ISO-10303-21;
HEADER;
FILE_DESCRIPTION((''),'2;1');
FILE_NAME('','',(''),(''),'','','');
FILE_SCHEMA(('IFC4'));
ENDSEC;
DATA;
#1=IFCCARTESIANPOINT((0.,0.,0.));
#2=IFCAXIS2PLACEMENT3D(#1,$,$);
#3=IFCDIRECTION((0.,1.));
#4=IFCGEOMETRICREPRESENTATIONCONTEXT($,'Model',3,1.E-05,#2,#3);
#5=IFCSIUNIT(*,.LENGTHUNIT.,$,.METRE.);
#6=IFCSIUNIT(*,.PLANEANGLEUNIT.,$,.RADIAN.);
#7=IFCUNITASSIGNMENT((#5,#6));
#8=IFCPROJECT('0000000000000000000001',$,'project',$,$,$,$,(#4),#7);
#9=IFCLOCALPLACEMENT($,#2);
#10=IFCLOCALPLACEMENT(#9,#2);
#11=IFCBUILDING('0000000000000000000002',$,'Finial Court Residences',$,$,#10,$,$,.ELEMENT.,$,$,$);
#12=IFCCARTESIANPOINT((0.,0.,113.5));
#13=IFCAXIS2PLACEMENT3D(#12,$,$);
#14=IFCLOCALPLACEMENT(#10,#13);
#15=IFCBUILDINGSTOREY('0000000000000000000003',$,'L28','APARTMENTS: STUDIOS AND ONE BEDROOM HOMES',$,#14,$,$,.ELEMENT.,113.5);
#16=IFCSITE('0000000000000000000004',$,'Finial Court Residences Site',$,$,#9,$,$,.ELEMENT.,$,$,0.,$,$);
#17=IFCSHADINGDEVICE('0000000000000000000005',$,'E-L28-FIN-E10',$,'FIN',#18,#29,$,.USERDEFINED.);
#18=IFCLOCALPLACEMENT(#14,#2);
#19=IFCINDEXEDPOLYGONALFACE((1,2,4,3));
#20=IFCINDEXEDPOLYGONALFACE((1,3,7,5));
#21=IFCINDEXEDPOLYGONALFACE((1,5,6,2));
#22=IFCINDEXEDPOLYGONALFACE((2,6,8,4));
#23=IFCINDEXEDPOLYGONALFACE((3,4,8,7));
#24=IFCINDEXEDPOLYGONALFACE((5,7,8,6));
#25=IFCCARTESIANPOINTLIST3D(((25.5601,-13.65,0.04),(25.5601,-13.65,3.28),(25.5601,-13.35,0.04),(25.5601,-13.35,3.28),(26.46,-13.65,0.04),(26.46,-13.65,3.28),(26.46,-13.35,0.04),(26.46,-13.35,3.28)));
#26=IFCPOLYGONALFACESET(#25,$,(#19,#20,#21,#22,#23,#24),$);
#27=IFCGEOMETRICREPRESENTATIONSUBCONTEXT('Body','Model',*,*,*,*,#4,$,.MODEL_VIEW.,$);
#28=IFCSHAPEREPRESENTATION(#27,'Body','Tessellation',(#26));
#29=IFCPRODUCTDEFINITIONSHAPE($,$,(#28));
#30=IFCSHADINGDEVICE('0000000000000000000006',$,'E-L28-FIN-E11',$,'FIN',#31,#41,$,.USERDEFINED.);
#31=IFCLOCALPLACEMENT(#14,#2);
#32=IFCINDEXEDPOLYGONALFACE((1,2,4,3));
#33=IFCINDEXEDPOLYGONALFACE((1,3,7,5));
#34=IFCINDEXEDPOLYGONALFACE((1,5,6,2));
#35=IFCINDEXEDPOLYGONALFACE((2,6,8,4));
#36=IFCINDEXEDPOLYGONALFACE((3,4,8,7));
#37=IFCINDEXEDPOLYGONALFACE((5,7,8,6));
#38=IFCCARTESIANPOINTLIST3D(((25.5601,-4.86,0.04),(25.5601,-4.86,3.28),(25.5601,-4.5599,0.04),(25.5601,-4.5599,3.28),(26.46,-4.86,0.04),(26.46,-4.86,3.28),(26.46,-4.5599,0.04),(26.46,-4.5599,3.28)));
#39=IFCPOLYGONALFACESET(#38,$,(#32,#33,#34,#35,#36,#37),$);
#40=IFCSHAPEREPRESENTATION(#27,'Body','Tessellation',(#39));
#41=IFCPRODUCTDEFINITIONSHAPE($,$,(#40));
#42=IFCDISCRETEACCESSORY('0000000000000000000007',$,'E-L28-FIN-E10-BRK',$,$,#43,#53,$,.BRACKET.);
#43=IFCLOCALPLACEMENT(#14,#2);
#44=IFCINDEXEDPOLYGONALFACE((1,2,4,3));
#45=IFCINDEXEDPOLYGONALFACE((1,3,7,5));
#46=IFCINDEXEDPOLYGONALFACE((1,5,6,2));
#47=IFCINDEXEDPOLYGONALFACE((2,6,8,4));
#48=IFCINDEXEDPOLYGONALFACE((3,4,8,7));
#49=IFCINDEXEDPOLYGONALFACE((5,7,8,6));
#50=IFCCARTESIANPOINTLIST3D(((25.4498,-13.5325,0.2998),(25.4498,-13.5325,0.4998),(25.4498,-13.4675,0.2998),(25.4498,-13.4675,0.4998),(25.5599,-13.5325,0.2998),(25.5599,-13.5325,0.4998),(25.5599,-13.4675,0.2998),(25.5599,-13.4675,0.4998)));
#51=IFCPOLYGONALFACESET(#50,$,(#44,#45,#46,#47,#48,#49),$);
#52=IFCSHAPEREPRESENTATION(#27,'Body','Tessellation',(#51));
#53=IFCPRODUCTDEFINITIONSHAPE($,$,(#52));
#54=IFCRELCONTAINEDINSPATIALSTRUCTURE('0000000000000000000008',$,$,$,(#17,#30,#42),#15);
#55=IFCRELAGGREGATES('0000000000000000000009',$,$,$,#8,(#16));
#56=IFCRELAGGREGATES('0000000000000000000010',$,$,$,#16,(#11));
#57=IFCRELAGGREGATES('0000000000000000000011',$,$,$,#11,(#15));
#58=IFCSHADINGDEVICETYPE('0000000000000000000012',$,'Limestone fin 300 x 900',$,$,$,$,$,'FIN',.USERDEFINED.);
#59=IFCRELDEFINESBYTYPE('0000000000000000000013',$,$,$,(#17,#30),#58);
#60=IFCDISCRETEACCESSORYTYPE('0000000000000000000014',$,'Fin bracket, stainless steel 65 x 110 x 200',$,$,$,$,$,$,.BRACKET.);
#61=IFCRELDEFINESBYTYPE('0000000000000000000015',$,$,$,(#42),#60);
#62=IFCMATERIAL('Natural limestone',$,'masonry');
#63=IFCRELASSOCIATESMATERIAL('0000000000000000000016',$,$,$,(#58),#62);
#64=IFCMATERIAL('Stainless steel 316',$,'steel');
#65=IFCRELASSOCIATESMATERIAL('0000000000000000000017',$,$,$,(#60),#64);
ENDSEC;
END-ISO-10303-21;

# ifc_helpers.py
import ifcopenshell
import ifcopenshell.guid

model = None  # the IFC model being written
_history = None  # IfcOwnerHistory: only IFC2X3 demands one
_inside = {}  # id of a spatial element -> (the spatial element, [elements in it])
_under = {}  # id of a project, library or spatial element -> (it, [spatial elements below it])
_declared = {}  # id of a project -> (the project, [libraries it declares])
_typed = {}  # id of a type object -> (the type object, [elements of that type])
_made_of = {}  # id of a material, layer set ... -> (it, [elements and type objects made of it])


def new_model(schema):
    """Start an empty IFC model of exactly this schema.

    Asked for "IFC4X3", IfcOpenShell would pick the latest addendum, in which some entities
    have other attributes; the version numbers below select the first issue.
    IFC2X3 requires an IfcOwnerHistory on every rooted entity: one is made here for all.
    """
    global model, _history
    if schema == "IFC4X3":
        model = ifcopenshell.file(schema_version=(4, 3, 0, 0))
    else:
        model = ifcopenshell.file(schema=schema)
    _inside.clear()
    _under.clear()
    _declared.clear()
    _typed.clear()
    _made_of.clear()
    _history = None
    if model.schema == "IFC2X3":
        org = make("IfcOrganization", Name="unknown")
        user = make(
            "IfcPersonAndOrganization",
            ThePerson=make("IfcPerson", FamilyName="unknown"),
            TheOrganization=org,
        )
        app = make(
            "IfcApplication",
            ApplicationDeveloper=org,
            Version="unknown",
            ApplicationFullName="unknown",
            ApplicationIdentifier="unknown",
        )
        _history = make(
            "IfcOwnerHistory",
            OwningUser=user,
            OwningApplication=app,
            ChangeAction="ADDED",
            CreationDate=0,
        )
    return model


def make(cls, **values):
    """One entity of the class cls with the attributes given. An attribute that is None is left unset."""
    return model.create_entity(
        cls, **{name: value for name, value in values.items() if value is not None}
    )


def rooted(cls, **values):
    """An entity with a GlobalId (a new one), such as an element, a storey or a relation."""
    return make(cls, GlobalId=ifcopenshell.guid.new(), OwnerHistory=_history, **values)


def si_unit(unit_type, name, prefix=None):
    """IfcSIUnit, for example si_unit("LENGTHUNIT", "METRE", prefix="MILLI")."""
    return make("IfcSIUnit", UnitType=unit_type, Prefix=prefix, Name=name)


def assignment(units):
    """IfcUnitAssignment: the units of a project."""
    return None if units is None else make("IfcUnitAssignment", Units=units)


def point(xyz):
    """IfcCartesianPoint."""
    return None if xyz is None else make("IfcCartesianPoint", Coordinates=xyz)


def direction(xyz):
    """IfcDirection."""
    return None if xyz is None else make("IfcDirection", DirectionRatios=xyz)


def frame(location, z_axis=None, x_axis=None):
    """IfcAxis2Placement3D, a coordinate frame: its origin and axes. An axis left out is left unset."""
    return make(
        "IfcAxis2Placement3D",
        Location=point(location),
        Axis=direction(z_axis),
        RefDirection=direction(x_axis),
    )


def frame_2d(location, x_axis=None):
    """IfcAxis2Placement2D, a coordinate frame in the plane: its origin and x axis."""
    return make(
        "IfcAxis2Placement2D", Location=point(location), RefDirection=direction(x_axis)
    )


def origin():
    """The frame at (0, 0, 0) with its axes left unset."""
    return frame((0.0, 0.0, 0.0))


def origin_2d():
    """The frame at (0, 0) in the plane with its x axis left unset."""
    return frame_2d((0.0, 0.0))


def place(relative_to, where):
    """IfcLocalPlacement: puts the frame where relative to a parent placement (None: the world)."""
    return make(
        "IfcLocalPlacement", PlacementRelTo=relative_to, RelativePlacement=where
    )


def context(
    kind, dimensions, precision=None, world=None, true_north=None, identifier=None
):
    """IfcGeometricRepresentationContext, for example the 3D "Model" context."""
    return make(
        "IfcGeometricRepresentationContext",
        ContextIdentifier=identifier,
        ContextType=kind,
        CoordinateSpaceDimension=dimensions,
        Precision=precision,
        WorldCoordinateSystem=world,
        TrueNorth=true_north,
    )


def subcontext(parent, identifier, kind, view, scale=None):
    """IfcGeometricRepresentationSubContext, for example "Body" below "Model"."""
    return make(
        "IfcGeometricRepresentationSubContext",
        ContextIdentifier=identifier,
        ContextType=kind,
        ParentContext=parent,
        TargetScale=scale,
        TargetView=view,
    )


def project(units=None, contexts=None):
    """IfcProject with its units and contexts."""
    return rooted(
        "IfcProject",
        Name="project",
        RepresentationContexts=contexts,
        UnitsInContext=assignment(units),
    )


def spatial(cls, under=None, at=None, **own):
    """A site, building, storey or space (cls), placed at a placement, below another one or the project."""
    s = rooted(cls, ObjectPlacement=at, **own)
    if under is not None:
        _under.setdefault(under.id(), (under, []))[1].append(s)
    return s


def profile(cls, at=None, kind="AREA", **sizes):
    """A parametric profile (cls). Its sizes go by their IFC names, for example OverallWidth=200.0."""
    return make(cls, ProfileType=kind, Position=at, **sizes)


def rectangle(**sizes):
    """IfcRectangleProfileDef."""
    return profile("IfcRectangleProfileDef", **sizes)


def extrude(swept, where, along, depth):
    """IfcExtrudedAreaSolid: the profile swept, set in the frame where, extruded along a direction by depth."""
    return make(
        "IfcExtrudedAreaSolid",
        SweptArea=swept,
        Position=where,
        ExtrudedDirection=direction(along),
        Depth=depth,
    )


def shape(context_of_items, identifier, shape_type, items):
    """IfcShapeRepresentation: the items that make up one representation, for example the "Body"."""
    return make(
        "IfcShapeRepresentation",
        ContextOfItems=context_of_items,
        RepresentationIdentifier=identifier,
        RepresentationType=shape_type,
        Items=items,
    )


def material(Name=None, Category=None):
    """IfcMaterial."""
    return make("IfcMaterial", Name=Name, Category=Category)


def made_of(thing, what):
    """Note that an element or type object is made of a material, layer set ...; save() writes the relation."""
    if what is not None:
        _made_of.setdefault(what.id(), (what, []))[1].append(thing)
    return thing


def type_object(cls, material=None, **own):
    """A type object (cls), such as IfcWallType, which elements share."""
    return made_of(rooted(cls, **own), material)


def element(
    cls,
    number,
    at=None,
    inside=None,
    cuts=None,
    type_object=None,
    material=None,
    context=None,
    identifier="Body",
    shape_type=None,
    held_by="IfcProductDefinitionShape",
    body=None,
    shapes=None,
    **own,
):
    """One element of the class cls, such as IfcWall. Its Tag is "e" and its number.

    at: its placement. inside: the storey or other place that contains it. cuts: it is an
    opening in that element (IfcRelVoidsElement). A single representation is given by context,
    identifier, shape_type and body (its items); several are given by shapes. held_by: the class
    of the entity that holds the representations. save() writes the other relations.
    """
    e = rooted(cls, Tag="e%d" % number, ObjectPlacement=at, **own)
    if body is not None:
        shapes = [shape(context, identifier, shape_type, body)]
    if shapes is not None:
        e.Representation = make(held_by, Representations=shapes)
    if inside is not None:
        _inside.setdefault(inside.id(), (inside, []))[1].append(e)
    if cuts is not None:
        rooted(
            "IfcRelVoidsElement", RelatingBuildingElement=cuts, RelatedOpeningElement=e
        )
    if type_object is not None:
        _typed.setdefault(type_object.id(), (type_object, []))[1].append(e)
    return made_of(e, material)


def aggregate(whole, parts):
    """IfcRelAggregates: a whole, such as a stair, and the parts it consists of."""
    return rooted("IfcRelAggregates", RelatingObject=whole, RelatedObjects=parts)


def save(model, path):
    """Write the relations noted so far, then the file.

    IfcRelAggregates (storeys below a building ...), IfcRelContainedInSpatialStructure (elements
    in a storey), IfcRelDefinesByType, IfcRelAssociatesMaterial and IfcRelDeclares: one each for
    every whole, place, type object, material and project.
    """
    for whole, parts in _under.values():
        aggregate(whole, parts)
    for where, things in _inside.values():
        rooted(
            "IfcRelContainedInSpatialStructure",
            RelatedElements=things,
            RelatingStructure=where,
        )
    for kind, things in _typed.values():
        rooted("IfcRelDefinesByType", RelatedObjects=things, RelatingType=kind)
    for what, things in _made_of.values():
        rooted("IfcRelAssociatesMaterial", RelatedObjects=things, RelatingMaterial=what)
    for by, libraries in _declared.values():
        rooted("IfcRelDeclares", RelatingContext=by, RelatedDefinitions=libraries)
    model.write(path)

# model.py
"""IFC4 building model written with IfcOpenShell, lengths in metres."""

from ifc_helpers import new_model, si_unit, direction, frame, origin, origin_2d, place, context, subcontext, project, spatial, rectangle, extrude, material, type_object, element, save


model = new_model("IFC4")

# Units and contexts
model_context = context("Model", 3, precision=1e-05, world=origin(), true_north=direction((0.0, 1.0)))
body_context = subcontext(model_context, "Body", "Model", "MODEL_VIEW")
ifc_project = project(units=[si_unit("LENGTHUNIT", "METRE"), si_unit("PLANEANGLEUNIT", "RADIAN")], contexts=[model_context])

# Site, building, storey
site_placement = place(None, origin())
site = spatial("IfcSite", under=ifc_project, at=site_placement, Name="Finial Court Residences Site", CompositionType="ELEMENT", RefElevation=0.0)
building_placement = place(site_placement, origin())
building = spatial("IfcBuilding", under=site, at=building_placement, Name="Finial Court Residences", CompositionType="ELEMENT")
storey_placement = place(building_placement, frame((0.0, 0.0, 113.5)))
storey = spatial("IfcBuildingStorey", under=building, at=storey_placement, Name="L28", Description="APARTMENTS: STUDIOS AND ONE BEDROOM HOMES", CompositionType="ELEMENT", Elevation=113.5)

# Shading devices
ifc_material_1 = material(Name="Natural limestone", Category="masonry")
shading_device_type = type_object("IfcShadingDeviceType", Name="Limestone fin 300 x 900", ElementType="FIN", PredefinedType="USERDEFINED", material=ifc_material_1)
for number, where, z_axis, x_axis, name in (
    (1, (26.01, -13.5, 0.04), (0.0, 0.0, 1.0), (1.0, 0.0, 0.0), "E-L28-FIN-E10"),
    (2, (26.01, -4.71, 0.04), (0.0, 0.0, 1.0), (1.0, 0.0, 0.0), "E-L28-FIN-E11"),
):
    element("IfcShadingDevice", number, at=place(storey_placement, frame(where, z_axis=z_axis, x_axis=x_axis)), inside=storey, type_object=shading_device_type, Name=name, ObjectType="FIN", PredefinedType="USERDEFINED", context=body_context, shape_type="SweptSolid", body=[
        extrude(rectangle(XDim=0.8999, YDim=0.3, at=origin_2d()), origin(), (0.0, 0.0, 1.0), 3.24),
    ])

# Discrete accessory
ifc_material_2 = material(Name="Stainless steel 316", Category="steel")
discrete_accessory_type = type_object("IfcDiscreteAccessoryType", Name="Fin bracket, stainless steel 65 x 110 x 200", PredefinedType="BRACKET", material=ifc_material_2)
discrete_accessory_placement = place(storey_placement, frame((25.5049, -13.5, 0.2998), z_axis=(0.0, 0.0, 1.0), x_axis=(1.0, 0.0, 0.0)))
element("IfcDiscreteAccessory", 3, at=discrete_accessory_placement, inside=storey, type_object=discrete_accessory_type, Name="E-L28-FIN-E10-BRK", PredefinedType="BRACKET", context=body_context, shape_type="SweptSolid", body=[
    extrude(rectangle(XDim=0.1101, YDim=0.0649, at=origin_2d()), origin(), (0.0, 0.0, 1.0), 0.2),
])

save(model, "model.ifc")
